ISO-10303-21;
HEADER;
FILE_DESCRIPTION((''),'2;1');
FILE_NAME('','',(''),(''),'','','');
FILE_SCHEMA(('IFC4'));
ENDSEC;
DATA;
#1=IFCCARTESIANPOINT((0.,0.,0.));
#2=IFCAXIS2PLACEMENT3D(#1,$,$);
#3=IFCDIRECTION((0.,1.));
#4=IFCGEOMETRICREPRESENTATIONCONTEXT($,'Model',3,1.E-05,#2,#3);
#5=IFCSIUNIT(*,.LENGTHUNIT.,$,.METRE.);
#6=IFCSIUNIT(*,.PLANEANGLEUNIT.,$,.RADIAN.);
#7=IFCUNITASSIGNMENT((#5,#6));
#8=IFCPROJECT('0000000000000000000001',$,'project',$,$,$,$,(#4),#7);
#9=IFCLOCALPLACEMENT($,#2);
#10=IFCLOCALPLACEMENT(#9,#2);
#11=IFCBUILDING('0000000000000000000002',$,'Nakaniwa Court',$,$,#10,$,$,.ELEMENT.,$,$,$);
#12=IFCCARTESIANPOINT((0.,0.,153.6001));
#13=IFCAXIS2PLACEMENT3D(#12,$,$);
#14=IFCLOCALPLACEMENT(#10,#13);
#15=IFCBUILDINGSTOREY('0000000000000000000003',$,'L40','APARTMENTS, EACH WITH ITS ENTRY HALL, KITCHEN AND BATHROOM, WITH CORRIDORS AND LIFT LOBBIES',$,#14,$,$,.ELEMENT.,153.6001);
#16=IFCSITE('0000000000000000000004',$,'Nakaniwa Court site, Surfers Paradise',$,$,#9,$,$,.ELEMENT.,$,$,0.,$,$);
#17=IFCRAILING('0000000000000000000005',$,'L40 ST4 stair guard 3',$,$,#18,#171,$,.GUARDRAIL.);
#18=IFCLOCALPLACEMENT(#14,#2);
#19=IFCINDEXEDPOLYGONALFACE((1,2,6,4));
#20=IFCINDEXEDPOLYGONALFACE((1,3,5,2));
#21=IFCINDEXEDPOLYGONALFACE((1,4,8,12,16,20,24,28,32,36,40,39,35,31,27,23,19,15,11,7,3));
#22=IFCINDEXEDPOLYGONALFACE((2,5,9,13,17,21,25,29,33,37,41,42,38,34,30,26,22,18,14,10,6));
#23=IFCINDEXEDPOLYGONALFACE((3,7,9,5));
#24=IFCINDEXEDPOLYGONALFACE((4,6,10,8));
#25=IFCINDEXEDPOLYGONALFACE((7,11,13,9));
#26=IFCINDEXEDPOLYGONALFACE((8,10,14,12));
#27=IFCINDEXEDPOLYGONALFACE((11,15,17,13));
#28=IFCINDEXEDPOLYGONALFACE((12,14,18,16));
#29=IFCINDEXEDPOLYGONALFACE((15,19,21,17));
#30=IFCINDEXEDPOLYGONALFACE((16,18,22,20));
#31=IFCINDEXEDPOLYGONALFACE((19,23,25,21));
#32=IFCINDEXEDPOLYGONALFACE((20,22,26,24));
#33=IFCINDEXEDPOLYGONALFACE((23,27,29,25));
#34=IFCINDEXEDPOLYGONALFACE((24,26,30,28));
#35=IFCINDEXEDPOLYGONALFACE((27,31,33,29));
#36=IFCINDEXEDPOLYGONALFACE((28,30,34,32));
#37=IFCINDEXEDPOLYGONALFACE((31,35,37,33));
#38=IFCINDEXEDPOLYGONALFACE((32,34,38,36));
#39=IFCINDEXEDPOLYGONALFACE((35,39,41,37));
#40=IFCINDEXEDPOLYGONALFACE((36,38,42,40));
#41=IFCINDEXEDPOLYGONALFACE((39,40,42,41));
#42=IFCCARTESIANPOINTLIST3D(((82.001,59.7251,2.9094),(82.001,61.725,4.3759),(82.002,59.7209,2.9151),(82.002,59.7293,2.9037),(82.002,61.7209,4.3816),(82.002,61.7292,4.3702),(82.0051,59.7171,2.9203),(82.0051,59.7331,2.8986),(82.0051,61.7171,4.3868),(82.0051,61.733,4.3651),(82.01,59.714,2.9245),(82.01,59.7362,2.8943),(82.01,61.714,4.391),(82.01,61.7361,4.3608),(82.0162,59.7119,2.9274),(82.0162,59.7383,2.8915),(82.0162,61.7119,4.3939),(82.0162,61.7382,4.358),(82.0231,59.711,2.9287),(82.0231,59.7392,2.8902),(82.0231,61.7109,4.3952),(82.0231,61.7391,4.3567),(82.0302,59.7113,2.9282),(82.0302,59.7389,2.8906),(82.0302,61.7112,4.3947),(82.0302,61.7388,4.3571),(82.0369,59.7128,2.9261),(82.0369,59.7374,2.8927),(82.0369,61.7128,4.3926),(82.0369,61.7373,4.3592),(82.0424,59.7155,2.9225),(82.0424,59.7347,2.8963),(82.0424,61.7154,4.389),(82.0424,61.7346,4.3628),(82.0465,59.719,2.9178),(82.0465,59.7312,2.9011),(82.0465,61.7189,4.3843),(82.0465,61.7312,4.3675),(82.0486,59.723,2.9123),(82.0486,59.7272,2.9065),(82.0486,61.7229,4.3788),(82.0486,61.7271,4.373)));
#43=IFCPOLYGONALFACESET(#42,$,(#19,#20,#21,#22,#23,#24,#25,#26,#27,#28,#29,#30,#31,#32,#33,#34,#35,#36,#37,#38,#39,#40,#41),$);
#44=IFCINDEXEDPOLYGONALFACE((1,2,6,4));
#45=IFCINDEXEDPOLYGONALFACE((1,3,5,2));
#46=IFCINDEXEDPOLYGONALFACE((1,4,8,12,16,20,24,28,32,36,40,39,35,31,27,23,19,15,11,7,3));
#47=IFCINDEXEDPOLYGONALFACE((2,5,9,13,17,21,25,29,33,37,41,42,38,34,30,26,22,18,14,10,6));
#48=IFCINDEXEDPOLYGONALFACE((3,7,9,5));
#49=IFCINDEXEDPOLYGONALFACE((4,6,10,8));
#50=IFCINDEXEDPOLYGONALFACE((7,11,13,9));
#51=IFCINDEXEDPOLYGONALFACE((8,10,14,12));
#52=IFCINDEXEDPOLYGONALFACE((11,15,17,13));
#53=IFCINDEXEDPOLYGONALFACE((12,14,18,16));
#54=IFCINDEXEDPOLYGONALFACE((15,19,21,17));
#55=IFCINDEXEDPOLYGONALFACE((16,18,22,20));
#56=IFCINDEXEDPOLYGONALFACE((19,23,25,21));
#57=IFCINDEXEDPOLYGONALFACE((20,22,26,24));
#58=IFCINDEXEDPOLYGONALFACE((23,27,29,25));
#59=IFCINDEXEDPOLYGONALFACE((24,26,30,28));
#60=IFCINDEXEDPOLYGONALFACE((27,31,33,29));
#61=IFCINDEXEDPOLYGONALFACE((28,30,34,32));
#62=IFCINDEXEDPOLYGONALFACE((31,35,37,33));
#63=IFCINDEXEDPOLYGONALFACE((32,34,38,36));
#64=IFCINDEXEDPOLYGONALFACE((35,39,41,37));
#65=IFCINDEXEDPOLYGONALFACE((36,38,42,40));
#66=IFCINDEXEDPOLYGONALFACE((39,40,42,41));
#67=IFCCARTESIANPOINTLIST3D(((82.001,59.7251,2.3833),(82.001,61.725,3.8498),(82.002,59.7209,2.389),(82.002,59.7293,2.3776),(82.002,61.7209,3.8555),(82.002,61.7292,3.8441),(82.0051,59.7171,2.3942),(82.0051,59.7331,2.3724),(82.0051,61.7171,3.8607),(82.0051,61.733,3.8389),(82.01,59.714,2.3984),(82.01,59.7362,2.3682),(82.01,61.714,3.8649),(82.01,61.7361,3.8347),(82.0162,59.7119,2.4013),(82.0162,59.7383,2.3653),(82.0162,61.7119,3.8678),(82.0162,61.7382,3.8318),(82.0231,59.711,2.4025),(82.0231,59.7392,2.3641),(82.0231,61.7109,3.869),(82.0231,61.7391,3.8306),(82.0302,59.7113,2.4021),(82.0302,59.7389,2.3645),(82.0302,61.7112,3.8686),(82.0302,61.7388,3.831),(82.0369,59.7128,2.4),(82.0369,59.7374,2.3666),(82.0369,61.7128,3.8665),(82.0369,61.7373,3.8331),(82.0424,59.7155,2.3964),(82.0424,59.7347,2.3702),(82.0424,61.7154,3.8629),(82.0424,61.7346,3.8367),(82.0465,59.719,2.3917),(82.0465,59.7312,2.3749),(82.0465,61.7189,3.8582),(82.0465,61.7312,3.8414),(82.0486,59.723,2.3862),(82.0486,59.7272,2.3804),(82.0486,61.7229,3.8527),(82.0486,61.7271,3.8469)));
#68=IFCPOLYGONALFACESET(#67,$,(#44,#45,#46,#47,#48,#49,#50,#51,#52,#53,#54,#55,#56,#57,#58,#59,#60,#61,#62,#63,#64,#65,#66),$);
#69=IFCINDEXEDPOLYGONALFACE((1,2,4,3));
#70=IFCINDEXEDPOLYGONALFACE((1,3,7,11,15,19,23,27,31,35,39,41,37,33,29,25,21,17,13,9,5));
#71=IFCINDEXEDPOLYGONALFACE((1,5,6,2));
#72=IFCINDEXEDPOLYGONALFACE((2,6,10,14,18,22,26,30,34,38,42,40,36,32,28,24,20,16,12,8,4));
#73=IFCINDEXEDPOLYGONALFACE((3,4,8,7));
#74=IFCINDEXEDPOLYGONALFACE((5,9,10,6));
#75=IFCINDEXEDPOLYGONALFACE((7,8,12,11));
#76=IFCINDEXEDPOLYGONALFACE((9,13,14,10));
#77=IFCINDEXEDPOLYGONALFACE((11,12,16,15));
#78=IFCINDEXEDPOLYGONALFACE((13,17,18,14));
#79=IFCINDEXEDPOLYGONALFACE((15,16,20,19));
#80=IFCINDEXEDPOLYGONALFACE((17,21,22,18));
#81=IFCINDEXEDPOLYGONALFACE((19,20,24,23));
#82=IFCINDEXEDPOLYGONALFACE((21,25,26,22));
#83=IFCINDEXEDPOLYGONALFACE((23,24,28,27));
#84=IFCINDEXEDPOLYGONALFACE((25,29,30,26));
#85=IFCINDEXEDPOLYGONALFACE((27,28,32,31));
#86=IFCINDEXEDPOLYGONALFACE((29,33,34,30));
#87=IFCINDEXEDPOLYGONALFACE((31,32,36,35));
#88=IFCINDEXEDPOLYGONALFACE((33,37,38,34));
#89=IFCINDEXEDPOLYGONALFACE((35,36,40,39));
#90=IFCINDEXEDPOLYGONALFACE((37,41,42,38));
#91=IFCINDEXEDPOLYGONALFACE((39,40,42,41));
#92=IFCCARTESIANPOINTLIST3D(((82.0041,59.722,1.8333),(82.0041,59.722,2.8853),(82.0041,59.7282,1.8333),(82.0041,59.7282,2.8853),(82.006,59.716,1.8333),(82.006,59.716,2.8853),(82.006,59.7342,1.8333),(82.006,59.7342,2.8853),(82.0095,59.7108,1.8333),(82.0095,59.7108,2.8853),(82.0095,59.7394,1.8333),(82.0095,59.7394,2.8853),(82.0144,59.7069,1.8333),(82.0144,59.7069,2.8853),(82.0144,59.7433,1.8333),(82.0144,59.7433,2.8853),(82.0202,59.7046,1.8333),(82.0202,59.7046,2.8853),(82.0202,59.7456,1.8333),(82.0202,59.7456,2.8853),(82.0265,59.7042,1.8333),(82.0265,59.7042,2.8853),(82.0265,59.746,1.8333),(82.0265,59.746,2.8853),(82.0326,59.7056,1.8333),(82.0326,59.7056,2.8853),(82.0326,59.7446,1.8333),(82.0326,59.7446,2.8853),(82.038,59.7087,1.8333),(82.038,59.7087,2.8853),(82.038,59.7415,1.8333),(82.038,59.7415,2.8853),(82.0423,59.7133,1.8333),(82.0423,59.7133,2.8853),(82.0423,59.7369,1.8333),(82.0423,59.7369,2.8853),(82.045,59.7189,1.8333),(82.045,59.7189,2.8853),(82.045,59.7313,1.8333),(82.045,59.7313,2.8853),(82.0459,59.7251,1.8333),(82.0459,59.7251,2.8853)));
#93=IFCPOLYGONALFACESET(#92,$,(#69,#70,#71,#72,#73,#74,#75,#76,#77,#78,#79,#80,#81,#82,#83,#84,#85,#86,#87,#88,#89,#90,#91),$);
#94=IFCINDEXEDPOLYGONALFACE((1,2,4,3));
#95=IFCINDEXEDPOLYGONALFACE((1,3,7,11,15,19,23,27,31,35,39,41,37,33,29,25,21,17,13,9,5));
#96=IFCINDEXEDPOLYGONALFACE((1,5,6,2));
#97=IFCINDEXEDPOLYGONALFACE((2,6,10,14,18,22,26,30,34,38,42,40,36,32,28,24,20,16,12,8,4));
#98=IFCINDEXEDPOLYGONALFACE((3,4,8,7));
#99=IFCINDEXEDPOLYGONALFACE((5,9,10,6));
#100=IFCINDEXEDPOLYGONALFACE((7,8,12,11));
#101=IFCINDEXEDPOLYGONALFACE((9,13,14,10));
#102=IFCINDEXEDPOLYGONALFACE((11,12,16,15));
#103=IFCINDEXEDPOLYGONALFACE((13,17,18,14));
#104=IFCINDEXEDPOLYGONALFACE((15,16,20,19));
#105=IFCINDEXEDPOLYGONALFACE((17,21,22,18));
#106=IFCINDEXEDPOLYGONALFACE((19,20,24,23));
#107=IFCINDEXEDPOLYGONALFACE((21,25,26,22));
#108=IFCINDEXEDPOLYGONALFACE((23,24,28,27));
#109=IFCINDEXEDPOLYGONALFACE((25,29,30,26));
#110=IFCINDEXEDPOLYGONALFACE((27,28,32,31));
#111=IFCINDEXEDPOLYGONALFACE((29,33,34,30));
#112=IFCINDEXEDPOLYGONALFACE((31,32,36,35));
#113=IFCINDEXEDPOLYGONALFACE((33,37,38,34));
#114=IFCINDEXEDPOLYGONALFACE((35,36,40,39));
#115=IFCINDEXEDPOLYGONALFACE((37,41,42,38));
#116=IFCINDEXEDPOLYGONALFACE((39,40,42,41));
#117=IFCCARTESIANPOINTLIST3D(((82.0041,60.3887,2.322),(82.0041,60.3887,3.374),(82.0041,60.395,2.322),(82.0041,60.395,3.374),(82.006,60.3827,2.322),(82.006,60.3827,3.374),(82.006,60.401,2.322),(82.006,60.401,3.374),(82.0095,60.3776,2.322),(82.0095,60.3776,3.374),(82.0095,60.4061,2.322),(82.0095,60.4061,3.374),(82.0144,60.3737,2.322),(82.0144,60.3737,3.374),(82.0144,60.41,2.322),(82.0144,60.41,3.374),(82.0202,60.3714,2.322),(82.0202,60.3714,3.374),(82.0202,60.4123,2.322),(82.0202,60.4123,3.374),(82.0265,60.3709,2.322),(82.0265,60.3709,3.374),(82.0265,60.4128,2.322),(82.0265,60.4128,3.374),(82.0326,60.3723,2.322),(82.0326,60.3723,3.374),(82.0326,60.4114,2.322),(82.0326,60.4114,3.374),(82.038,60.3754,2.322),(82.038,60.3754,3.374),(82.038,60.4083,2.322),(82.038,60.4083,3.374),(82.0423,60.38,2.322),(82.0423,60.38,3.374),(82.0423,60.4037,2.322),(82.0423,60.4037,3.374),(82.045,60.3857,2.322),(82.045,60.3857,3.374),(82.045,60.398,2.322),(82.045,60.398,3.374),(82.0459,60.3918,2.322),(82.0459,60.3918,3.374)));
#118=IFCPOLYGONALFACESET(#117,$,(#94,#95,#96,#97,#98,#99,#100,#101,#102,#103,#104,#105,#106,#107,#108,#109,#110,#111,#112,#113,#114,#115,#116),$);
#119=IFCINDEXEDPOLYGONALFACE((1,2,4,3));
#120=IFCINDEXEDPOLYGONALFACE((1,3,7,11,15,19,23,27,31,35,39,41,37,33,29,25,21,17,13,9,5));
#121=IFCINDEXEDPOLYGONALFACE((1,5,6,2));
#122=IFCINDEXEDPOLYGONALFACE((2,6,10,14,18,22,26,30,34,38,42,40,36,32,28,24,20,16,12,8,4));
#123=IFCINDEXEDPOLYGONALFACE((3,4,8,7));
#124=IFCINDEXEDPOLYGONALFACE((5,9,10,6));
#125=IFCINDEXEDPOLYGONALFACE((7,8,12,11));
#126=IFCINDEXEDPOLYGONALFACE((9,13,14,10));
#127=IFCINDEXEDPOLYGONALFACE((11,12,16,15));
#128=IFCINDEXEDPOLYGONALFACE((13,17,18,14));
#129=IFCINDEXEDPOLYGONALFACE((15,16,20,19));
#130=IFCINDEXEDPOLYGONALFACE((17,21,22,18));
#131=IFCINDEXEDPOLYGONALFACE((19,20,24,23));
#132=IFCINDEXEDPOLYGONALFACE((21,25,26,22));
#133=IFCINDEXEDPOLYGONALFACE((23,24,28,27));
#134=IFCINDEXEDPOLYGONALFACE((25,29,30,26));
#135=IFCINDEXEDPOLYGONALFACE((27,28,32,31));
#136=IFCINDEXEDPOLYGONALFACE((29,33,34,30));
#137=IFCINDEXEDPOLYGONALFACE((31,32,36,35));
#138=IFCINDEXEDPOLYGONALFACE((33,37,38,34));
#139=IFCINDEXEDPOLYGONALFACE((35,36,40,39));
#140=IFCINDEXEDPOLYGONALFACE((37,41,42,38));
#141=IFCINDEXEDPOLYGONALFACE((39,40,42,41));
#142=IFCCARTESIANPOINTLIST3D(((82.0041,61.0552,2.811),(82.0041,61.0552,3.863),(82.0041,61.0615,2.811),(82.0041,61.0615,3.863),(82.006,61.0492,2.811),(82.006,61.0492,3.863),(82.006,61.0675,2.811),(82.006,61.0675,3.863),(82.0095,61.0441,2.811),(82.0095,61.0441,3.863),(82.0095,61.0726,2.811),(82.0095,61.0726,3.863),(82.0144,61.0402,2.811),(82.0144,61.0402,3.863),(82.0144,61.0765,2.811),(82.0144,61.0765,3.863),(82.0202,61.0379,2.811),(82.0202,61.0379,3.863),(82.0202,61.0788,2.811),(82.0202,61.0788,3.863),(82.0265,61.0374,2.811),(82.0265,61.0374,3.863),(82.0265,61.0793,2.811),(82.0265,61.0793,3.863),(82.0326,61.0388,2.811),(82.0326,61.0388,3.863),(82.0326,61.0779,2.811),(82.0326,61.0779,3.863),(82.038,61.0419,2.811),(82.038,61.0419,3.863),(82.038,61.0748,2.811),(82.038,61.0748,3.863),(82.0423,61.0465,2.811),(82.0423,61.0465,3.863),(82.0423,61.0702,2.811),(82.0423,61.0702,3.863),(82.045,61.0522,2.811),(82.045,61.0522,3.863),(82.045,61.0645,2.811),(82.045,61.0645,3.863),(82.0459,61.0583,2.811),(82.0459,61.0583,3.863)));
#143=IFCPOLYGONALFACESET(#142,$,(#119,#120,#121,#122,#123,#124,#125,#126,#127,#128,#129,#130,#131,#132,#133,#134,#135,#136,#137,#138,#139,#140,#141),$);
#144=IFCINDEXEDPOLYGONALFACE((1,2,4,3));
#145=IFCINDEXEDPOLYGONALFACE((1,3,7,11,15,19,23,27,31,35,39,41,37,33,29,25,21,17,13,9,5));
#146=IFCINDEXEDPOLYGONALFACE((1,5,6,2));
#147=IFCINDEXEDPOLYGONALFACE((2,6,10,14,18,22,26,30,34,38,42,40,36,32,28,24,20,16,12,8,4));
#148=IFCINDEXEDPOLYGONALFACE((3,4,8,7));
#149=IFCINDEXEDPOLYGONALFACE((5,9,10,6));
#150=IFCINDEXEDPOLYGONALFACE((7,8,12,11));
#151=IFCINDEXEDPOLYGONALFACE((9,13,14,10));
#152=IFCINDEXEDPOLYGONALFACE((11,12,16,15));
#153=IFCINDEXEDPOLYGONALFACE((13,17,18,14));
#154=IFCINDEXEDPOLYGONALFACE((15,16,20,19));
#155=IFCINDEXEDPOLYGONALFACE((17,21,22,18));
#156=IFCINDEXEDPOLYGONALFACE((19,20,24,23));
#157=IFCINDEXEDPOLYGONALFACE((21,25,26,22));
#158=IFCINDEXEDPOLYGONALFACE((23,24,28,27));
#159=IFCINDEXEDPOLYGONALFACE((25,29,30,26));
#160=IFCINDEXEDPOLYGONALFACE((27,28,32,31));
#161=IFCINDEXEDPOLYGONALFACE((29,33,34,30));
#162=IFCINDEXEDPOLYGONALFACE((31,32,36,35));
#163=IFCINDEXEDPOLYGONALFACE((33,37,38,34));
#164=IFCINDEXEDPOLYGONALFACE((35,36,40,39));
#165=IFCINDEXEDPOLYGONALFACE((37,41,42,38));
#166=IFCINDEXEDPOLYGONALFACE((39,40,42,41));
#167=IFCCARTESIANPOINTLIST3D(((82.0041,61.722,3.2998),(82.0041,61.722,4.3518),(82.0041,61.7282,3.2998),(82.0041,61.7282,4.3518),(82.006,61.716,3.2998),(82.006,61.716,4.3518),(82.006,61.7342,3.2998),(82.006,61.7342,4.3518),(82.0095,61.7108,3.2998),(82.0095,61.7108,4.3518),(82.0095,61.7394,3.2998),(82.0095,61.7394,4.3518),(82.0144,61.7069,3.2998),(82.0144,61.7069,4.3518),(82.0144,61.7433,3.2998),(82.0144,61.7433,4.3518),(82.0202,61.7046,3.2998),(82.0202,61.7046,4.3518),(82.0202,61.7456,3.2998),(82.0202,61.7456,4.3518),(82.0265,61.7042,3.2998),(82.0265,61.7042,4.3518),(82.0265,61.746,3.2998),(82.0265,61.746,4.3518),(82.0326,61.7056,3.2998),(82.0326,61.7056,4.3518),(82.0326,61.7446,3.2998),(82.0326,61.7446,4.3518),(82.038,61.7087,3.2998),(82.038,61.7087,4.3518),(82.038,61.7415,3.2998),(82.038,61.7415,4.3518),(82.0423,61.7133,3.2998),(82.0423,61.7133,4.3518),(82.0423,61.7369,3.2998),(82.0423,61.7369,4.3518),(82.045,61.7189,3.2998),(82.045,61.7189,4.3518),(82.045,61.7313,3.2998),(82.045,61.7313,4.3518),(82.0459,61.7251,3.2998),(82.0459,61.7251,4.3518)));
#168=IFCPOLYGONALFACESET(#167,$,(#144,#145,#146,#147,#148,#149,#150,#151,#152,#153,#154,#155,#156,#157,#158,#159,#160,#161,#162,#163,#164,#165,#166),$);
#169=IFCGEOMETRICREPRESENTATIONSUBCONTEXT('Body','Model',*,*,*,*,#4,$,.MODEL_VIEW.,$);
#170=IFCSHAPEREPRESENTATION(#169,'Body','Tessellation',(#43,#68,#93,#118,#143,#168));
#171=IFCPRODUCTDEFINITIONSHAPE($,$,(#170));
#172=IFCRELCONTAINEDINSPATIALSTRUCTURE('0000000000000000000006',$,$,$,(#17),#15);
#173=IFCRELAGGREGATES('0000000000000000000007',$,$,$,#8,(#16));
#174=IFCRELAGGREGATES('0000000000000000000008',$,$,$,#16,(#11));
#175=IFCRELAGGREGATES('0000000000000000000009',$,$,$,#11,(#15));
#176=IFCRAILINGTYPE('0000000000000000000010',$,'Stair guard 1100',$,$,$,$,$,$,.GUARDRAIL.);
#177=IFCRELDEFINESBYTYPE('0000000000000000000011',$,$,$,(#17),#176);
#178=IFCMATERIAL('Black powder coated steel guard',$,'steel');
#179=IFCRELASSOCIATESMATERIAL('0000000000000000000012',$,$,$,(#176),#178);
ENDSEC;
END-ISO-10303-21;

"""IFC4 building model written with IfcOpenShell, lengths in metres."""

from ifc_helpers import new_model, si_unit, direction, frame, origin, origin_2d, place, context, subcontext, project, spatial, circle, extrude, material, type_object, element, save


model = new_model("IFC4")

# Units and contexts
model_context = context("Model", 3, precision=1e-05, world=origin(), true_north=direction((0.0, 1.0)))
body_context = subcontext(model_context, "Body", "Model", "MODEL_VIEW")
ifc_project = project(units=[si_unit("LENGTHUNIT", "METRE"), si_unit("PLANEANGLEUNIT", "RADIAN")], contexts=[model_context])

# Site, building, storey
site_placement = place(None, origin())
site = spatial("IfcSite", under=ifc_project, at=site_placement, Name="Nakaniwa Court site, Surfers Paradise", CompositionType="ELEMENT", RefElevation=0.0)
building_placement = place(site_placement, origin())
building = spatial("IfcBuilding", under=site, at=building_placement, Name="Nakaniwa Court", CompositionType="ELEMENT")
storey_placement = place(building_placement, frame((0.0, 0.0, 153.6001)))
storey = spatial("IfcBuildingStorey", under=building, at=storey_placement, Name="L40", Description="APARTMENTS, EACH WITH ITS ENTRY HALL, KITCHEN AND BATHROOM, WITH CORRIDORS AND LIFT LOBBIES", CompositionType="ELEMENT", Elevation=153.6001)

# Railing
ifc_material_1 = material(Name="Black powder coated steel guard", Category="steel")
railing_type_1 = type_object("IfcRailingType", Name="Stair guard 1100", PredefinedType="GUARDRAIL", material=ifc_material_1)
railing_1_placement = place(storey_placement, frame((82.0249, 59.7251, 1.8333)))
element("IfcRailing", 1, at=railing_1_placement, inside=storey, type_object=railing_type_1, Name="L40 ST4 stair guard 3", PredefinedType="GUARDRAIL", context=body_context, shape_type="SweptSolid", body=[
    extrude(circle(Radius=0.0239, at=origin_2d()), frame((0.0, 0.0, 1.0762), z_axis=(0.0, 0.806427, 0.591334), x_axis=(-1.0, 0.0, 0.0)), (0.0, 0.0, 1.0), 2.48),
    extrude(circle(Radius=0.0239, at=origin_2d()), frame((0.0, 0.0, 0.55), z_axis=(0.0, 0.806427, 0.591334), x_axis=(-1.0, 0.0, 0.0)), (0.0, 0.0, 1.0), 2.48),
    extrude(circle(Radius=0.021, at=origin_2d()), origin(), (0.0, 0.0, 1.0), 1.052),
    extrude(circle(Radius=0.021, at=origin_2d()), frame((0.0, 0.6667, 0.4888)), (0.0, 0.0, 1.0), 1.052),
    extrude(circle(Radius=0.021, at=origin_2d()), frame((0.0, 1.3333, 0.9778)), (0.0, 0.0, 1.0), 1.052),
    extrude(circle(Radius=0.021, at=origin_2d()), frame((0.0, 2.0, 1.4666)), (0.0, 0.0, 1.0), 1.052),
])

save(model, "model.ifc")
